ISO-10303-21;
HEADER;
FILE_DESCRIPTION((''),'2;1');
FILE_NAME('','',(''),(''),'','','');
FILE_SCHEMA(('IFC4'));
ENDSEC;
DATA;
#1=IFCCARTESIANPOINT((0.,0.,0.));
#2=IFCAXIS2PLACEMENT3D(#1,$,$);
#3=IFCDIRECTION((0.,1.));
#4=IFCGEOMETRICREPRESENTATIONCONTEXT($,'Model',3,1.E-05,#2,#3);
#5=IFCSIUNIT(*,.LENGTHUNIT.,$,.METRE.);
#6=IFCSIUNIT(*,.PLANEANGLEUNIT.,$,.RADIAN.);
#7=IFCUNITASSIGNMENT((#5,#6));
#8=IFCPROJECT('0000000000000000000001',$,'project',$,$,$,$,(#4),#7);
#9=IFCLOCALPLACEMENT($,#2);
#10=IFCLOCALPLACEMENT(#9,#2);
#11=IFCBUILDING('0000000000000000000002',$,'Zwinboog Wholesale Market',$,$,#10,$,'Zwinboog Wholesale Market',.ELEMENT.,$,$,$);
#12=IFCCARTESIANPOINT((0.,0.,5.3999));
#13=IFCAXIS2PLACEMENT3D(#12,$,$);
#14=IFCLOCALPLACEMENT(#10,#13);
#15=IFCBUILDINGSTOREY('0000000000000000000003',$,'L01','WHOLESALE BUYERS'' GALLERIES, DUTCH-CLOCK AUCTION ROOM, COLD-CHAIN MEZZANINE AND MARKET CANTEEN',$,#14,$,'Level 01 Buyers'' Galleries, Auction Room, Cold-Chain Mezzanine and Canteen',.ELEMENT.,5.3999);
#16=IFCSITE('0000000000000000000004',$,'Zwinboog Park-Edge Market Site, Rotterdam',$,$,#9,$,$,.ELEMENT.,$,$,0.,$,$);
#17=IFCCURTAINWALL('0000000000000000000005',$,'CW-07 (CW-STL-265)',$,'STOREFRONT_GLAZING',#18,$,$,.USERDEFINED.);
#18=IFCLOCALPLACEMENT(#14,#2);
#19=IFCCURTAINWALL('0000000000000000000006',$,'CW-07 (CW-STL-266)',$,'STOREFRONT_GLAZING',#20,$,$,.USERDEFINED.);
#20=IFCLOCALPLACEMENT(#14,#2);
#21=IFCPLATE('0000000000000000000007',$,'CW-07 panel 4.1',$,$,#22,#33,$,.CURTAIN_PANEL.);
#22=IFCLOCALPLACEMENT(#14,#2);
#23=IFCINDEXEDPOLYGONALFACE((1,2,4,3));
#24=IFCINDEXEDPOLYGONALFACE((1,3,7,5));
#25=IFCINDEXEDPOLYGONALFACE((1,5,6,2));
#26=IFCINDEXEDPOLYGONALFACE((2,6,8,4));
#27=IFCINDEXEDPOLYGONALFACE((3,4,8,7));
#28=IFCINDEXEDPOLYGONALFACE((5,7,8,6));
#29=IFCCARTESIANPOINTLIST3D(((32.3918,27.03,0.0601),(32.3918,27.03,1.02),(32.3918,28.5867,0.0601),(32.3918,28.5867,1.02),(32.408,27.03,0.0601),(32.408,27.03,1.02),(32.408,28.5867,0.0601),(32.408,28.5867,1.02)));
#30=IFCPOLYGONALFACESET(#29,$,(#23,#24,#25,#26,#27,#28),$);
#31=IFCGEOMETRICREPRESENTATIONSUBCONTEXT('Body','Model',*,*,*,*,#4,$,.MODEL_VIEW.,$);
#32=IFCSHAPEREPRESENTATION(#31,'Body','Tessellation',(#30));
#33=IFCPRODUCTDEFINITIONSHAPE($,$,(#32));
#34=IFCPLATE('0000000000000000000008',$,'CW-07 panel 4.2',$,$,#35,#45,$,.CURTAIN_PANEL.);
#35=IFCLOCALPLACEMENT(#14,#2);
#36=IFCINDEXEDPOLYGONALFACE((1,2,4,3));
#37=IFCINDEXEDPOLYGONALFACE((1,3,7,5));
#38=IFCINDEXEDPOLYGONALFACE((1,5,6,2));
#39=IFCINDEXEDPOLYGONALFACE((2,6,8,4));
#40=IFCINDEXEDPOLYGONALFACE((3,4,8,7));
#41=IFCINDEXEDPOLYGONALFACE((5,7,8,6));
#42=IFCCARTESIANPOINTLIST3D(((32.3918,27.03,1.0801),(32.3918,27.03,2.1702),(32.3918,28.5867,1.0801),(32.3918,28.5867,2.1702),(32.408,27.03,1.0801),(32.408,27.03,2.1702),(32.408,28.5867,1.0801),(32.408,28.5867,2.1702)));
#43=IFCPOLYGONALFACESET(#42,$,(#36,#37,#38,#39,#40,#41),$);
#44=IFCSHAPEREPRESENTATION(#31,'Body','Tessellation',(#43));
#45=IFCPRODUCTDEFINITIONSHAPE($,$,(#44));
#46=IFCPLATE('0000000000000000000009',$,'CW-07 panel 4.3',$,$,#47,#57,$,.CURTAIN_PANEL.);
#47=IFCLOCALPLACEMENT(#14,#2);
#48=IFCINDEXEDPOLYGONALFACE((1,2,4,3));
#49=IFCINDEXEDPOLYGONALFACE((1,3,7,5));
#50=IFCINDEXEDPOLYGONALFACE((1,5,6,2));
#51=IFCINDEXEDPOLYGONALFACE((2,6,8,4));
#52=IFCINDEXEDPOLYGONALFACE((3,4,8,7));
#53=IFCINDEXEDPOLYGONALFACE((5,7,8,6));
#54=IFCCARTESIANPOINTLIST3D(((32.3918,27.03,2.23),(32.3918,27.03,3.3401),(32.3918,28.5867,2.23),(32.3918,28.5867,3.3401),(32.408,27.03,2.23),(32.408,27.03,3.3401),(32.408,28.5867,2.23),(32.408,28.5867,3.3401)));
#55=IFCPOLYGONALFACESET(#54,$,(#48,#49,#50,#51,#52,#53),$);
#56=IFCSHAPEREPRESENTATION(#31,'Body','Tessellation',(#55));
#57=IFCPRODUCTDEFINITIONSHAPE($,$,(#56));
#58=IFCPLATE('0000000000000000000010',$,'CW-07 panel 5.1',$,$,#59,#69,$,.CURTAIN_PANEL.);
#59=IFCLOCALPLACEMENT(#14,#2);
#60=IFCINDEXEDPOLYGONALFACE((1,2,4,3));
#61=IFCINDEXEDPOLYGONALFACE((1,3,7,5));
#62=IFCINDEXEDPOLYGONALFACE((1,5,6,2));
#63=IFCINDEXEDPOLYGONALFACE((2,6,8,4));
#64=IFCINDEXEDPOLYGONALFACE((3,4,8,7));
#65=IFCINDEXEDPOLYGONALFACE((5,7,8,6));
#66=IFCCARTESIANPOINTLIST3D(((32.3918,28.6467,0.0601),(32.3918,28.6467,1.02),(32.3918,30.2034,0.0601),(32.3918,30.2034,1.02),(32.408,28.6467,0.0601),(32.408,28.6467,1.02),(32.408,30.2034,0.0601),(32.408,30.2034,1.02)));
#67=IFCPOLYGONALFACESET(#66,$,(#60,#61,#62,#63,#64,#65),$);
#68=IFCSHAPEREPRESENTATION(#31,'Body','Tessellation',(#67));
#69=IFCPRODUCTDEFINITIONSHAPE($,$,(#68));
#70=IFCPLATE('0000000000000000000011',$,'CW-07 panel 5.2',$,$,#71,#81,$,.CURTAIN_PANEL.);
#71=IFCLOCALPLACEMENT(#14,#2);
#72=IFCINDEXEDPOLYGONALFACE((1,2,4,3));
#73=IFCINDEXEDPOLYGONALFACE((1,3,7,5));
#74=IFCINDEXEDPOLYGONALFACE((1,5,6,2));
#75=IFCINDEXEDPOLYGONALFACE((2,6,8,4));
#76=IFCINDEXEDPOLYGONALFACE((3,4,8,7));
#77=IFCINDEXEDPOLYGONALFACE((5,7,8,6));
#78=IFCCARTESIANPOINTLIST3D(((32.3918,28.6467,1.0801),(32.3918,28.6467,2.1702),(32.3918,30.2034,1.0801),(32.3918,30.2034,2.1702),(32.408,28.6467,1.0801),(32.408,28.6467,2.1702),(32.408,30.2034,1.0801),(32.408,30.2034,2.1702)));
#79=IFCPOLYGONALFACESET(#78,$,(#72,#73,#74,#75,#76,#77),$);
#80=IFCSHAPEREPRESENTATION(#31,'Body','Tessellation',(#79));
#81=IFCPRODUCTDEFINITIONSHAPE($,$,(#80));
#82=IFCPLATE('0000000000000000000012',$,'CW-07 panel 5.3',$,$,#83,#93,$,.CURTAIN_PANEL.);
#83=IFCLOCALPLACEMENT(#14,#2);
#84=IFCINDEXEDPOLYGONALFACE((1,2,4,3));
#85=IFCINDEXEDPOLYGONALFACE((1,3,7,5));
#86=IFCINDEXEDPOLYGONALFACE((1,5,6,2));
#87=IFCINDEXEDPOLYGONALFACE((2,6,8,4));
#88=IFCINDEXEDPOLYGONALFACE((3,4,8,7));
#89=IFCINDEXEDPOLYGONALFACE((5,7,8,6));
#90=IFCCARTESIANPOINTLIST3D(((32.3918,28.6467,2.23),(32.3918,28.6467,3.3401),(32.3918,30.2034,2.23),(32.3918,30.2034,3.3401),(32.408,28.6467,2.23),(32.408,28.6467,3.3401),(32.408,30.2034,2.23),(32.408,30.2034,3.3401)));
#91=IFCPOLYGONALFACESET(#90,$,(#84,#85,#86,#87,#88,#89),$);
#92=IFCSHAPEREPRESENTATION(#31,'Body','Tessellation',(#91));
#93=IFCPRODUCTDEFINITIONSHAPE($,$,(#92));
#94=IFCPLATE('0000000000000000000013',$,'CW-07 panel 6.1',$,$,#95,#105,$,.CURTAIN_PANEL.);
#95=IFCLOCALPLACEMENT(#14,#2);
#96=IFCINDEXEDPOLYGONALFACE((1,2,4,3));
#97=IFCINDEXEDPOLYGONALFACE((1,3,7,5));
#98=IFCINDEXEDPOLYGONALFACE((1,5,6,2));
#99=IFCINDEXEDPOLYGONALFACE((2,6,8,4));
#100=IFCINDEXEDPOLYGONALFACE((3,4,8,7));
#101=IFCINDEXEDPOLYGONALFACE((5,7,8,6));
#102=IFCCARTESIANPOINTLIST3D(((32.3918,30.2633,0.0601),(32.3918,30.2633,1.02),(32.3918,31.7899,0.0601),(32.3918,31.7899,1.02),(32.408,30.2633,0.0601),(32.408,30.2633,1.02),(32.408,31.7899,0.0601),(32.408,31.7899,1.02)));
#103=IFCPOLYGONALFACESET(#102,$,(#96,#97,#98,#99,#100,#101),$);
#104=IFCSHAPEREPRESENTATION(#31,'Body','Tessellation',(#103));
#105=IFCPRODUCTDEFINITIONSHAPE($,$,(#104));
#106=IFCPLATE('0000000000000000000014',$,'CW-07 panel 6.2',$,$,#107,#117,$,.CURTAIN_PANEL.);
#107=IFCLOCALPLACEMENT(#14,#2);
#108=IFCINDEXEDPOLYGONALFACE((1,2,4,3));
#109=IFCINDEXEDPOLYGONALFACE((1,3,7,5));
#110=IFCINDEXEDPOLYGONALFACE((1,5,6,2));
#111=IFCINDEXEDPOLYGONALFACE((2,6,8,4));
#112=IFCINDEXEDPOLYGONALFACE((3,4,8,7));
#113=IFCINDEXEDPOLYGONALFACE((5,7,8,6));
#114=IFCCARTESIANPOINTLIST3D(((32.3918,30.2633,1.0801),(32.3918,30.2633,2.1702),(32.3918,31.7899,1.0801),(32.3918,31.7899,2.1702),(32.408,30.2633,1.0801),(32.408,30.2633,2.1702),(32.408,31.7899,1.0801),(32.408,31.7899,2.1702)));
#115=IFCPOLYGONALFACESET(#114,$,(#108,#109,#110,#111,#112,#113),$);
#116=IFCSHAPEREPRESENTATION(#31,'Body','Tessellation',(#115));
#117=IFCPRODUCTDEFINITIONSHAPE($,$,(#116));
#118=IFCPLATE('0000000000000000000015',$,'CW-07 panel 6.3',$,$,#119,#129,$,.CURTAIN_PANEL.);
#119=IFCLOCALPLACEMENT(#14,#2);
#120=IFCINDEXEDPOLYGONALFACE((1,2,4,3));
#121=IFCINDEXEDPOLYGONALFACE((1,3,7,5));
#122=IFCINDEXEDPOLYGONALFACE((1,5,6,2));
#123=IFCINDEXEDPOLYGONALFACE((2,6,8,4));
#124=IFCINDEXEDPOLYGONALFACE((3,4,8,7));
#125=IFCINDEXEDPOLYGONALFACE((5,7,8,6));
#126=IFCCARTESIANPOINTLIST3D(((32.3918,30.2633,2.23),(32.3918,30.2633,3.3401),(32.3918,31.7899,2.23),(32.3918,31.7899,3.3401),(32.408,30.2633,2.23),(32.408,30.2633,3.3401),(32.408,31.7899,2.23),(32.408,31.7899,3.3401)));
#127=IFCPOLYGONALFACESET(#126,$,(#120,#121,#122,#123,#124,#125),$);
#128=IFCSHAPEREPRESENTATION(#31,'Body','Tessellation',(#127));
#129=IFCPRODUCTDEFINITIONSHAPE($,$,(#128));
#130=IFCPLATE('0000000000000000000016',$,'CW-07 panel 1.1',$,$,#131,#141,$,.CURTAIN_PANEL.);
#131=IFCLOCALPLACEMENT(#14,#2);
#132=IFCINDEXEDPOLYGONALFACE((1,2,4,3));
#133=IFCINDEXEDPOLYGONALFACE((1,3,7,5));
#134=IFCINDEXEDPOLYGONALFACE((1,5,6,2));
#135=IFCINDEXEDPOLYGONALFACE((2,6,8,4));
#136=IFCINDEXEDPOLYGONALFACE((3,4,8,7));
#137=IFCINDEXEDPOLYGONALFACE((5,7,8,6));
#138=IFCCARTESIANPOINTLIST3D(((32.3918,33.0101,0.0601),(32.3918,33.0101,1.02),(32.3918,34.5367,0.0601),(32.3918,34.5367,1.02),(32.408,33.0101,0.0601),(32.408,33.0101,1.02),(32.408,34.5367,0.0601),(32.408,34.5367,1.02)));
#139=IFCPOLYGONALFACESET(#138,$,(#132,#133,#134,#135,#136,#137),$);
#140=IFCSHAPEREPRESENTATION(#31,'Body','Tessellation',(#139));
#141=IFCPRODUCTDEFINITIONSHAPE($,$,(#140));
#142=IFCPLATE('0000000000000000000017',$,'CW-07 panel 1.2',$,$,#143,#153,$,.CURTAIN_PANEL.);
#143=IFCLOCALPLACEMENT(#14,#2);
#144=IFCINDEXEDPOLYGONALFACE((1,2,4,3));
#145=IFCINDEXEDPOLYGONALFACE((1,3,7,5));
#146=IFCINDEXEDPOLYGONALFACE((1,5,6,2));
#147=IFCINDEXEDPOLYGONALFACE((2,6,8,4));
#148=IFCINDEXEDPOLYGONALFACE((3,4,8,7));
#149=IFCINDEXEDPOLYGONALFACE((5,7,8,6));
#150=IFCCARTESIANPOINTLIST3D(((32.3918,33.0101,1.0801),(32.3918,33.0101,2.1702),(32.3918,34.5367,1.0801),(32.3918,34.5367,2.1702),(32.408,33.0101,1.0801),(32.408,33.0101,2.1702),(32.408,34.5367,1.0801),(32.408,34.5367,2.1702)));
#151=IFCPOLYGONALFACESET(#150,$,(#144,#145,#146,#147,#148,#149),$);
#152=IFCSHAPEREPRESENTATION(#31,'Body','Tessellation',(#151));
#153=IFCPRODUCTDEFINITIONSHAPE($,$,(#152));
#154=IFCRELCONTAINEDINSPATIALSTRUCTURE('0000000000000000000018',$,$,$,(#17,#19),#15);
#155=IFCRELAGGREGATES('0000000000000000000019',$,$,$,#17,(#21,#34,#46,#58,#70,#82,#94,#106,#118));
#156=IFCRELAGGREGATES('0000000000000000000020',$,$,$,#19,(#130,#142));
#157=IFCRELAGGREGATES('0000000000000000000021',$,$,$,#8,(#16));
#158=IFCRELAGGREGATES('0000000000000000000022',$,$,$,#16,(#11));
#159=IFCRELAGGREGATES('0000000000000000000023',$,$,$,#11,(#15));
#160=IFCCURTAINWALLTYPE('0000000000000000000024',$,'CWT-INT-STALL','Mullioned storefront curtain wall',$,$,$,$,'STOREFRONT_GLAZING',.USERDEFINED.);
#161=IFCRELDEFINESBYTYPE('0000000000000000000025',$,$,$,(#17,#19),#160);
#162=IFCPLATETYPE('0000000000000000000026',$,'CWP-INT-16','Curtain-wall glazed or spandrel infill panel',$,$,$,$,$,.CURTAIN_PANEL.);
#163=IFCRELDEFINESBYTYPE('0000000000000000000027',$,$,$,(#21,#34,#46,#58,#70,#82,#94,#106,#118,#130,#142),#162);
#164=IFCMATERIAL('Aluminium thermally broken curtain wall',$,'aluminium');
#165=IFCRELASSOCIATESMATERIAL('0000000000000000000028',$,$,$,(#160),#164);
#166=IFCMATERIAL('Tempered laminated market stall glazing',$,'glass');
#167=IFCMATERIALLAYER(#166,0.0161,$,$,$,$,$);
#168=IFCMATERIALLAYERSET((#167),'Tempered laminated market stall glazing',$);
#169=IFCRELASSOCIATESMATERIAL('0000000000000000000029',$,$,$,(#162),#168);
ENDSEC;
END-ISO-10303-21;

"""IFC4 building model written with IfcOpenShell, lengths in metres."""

from ifc_helpers import new_model, si_unit, direction, frame, origin, origin_2d, place, context, subcontext, project, spatial, rectangle, extrude, material, layer, layer_set, type_object, element, aggregate, save


model = new_model("IFC4")

# Units and contexts
model_context = context("Model", 3, precision=1e-05, world=origin(), true_north=direction((0.0, 1.0)))
body_context = subcontext(model_context, "Body", "Model", "MODEL_VIEW")
ifc_project = project(units=[si_unit("LENGTHUNIT", "METRE"), si_unit("PLANEANGLEUNIT", "RADIAN")], contexts=[model_context])

# Site, building, storey
site_placement = place(None, origin())
site = spatial("IfcSite", under=ifc_project, at=site_placement, Name="Zwinboog Park-Edge Market Site, Rotterdam", CompositionType="ELEMENT", RefElevation=0.0)
building_placement = place(site_placement, origin())
building = spatial("IfcBuilding", under=site, at=building_placement, Name="Zwinboog Wholesale Market", LongName="Zwinboog Wholesale Market", CompositionType="ELEMENT")
storey_placement = place(building_placement, frame((0.0, 0.0, 5.3999)))
storey = spatial("IfcBuildingStorey", under=building, at=storey_placement, Name="L01", Description="WHOLESALE BUYERS' GALLERIES, DUTCH-CLOCK AUCTION ROOM, COLD-CHAIN MEZZANINE AND MARKET CANTEEN", LongName="Level 01 Buyers' Galleries, Auction Room, Cold-Chain Mezzanine and Canteen", CompositionType="ELEMENT", Elevation=5.3999)

# Curtain wall
ifc_material_1 = material(Name="Aluminium thermally broken curtain wall", Category="aluminium")
curtain_wall_type = type_object("IfcCurtainWallType", Name="CWT-INT-STALL", Description="Mullioned storefront curtain wall", ElementType="STOREFRONT_GLAZING", PredefinedType="USERDEFINED", material=ifc_material_1)
curtain_wall_1_placement = place(storey_placement, origin())
curtain_wall_1 = element("IfcCurtainWall", 1, at=curtain_wall_1_placement, inside=storey, type_object=curtain_wall_type, Name="CW-07 (CW-STL-265)", ObjectType="STOREFRONT_GLAZING", PredefinedType="USERDEFINED")

# Curtain wall
curtain_wall_2_placement = place(storey_placement, origin())
curtain_wall_2 = element("IfcCurtainWall", 2, at=curtain_wall_2_placement, inside=storey, type_object=curtain_wall_type, Name="CW-07 (CW-STL-266)", ObjectType="STOREFRONT_GLAZING", PredefinedType="USERDEFINED")

# Plates
ifc_material_2 = material(Name="Tempered laminated market stall glazing", Category="glass")
ifc_layer = layer(ifc_material_2, 0.0161)
ifc_layer_set = layer_set([ifc_layer], Name="Tempered laminated market stall glazing")
plate_type = type_object("IfcPlateType", Name="CWP-INT-16", Description="Curtain-wall glazed or spandrel infill panel", PredefinedType="CURTAIN_PANEL", material=ifc_layer_set)
plate_1_placement = place(storey_placement, frame((32.3999, 27.8083, 0.0601), z_axis=(0.0, 0.0, 1.0), x_axis=(0.0, 1.0, 0.0)))
plate_1 = element("IfcPlate", 3, at=plate_1_placement, type_object=plate_type, Name="CW-07 panel 4.1", PredefinedType="CURTAIN_PANEL", context=body_context, shape_type="SweptSolid", body=[
    extrude(rectangle(XDim=1.5566, YDim=0.0161, at=origin_2d()), origin(), (0.0, 0.0, 1.0), 0.96),
])
plate_2_placement = place(storey_placement, frame((32.3999, 27.8083, 1.0801), z_axis=(0.0, 0.0, 1.0), x_axis=(0.0, 1.0, 0.0)))
plate_2 = element("IfcPlate", 4, at=plate_2_placement, type_object=plate_type, Name="CW-07 panel 4.2", PredefinedType="CURTAIN_PANEL", context=body_context, shape_type="SweptSolid", body=[
    extrude(rectangle(XDim=1.5566, YDim=0.0161, at=origin_2d()), origin(), (0.0, 0.0, 1.0), 1.0901),
])
plate_3_placement = place(storey_placement, frame((32.3999, 27.8083, 2.23), z_axis=(0.0, 0.0, 1.0), x_axis=(0.0, 1.0, 0.0)))
plate_3 = element("IfcPlate", 5, at=plate_3_placement, type_object=plate_type, Name="CW-07 panel 4.3", PredefinedType="CURTAIN_PANEL", context=body_context, shape_type="SweptSolid", body=[
    extrude(rectangle(XDim=1.5566, YDim=0.0161, at=origin_2d()), origin(), (0.0, 0.0, 1.0), 1.1101),
])
plate_4_placement = place(storey_placement, frame((32.3999, 29.425, 0.0601), z_axis=(0.0, 0.0, 1.0), x_axis=(0.0, 1.0, 0.0)))
plate_4 = element("IfcPlate", 6, at=plate_4_placement, type_object=plate_type, Name="CW-07 panel 5.1", PredefinedType="CURTAIN_PANEL", context=body_context, shape_type="SweptSolid", body=[
    extrude(rectangle(XDim=1.5566, YDim=0.0161, at=origin_2d()), origin(), (0.0, 0.0, 1.0), 0.96),
])
plate_5_placement = place(storey_placement, frame((32.3999, 29.425, 1.0801), z_axis=(0.0, 0.0, 1.0), x_axis=(0.0, 1.0, 0.0)))
plate_5 = element("IfcPlate", 7, at=plate_5_placement, type_object=plate_type, Name="CW-07 panel 5.2", PredefinedType="CURTAIN_PANEL", context=body_context, shape_type="SweptSolid", body=[
    extrude(rectangle(XDim=1.5566, YDim=0.0161, at=origin_2d()), origin(), (0.0, 0.0, 1.0), 1.0901),
])
plate_6_placement = place(storey_placement, frame((32.3999, 29.425, 2.23), z_axis=(0.0, 0.0, 1.0), x_axis=(0.0, 1.0, 0.0)))
plate_6 = element("IfcPlate", 8, at=plate_6_placement, type_object=plate_type, Name="CW-07 panel 5.3", PredefinedType="CURTAIN_PANEL", context=body_context, shape_type="SweptSolid", body=[
    extrude(rectangle(XDim=1.5566, YDim=0.0161, at=origin_2d()), origin(), (0.0, 0.0, 1.0), 1.1101),
])
plate_7_placement = place(storey_placement, frame((32.3999, 31.0266, 0.0601), z_axis=(0.0, 0.0, 1.0), x_axis=(0.0, 1.0, 0.0)))
plate_7 = element("IfcPlate", 9, at=plate_7_placement, type_object=plate_type, Name="CW-07 panel 6.1", PredefinedType="CURTAIN_PANEL", context=body_context, shape_type="SweptSolid", body=[
    extrude(rectangle(XDim=1.5266, YDim=0.0161, at=origin_2d()), origin(), (0.0, 0.0, 1.0), 0.96),
])
plate_8_placement = place(storey_placement, frame((32.3999, 31.0266, 1.0801), z_axis=(0.0, 0.0, 1.0), x_axis=(0.0, 1.0, 0.0)))
plate_8 = element("IfcPlate", 10, at=plate_8_placement, type_object=plate_type, Name="CW-07 panel 6.2", PredefinedType="CURTAIN_PANEL", context=body_context, shape_type="SweptSolid", body=[
    extrude(rectangle(XDim=1.5266, YDim=0.0161, at=origin_2d()), origin(), (0.0, 0.0, 1.0), 1.0901),
])
plate_9_placement = place(storey_placement, frame((32.3999, 31.0266, 2.23), z_axis=(0.0, 0.0, 1.0), x_axis=(0.0, 1.0, 0.0)))
plate_9 = element("IfcPlate", 11, at=plate_9_placement, type_object=plate_type, Name="CW-07 panel 6.3", PredefinedType="CURTAIN_PANEL", context=body_context, shape_type="SweptSolid", body=[
    extrude(rectangle(XDim=1.5266, YDim=0.0161, at=origin_2d()), origin(), (0.0, 0.0, 1.0), 1.1101),
])
aggregate(curtain_wall_1, [plate_1, plate_2, plate_3, plate_4, plate_5, plate_6, plate_7, plate_8, plate_9])
plate_10_placement = place(storey_placement, frame((32.3999, 33.7734, 0.0601), z_axis=(0.0, 0.0, 1.0), x_axis=(0.0, 1.0, 0.0)))
plate_10 = element("IfcPlate", 12, at=plate_10_placement, type_object=plate_type, Name="CW-07 panel 1.1", PredefinedType="CURTAIN_PANEL", context=body_context, shape_type="SweptSolid", body=[
    extrude(rectangle(XDim=1.5266, YDim=0.0161, at=origin_2d()), origin(), (0.0, 0.0, 1.0), 0.96),
])
plate_11_placement = place(storey_placement, frame((32.3999, 33.7734, 1.0801), z_axis=(0.0, 0.0, 1.0), x_axis=(0.0, 1.0, 0.0)))
plate_11 = element("IfcPlate", 13, at=plate_11_placement, type_object=plate_type, Name="CW-07 panel 1.2", PredefinedType="CURTAIN_PANEL", context=body_context, shape_type="SweptSolid", body=[
    extrude(rectangle(XDim=1.5266, YDim=0.0161, at=origin_2d()), origin(), (0.0, 0.0, 1.0), 1.0901),
])
aggregate(curtain_wall_2, [plate_10, plate_11])

save(model, "model.ifc")
